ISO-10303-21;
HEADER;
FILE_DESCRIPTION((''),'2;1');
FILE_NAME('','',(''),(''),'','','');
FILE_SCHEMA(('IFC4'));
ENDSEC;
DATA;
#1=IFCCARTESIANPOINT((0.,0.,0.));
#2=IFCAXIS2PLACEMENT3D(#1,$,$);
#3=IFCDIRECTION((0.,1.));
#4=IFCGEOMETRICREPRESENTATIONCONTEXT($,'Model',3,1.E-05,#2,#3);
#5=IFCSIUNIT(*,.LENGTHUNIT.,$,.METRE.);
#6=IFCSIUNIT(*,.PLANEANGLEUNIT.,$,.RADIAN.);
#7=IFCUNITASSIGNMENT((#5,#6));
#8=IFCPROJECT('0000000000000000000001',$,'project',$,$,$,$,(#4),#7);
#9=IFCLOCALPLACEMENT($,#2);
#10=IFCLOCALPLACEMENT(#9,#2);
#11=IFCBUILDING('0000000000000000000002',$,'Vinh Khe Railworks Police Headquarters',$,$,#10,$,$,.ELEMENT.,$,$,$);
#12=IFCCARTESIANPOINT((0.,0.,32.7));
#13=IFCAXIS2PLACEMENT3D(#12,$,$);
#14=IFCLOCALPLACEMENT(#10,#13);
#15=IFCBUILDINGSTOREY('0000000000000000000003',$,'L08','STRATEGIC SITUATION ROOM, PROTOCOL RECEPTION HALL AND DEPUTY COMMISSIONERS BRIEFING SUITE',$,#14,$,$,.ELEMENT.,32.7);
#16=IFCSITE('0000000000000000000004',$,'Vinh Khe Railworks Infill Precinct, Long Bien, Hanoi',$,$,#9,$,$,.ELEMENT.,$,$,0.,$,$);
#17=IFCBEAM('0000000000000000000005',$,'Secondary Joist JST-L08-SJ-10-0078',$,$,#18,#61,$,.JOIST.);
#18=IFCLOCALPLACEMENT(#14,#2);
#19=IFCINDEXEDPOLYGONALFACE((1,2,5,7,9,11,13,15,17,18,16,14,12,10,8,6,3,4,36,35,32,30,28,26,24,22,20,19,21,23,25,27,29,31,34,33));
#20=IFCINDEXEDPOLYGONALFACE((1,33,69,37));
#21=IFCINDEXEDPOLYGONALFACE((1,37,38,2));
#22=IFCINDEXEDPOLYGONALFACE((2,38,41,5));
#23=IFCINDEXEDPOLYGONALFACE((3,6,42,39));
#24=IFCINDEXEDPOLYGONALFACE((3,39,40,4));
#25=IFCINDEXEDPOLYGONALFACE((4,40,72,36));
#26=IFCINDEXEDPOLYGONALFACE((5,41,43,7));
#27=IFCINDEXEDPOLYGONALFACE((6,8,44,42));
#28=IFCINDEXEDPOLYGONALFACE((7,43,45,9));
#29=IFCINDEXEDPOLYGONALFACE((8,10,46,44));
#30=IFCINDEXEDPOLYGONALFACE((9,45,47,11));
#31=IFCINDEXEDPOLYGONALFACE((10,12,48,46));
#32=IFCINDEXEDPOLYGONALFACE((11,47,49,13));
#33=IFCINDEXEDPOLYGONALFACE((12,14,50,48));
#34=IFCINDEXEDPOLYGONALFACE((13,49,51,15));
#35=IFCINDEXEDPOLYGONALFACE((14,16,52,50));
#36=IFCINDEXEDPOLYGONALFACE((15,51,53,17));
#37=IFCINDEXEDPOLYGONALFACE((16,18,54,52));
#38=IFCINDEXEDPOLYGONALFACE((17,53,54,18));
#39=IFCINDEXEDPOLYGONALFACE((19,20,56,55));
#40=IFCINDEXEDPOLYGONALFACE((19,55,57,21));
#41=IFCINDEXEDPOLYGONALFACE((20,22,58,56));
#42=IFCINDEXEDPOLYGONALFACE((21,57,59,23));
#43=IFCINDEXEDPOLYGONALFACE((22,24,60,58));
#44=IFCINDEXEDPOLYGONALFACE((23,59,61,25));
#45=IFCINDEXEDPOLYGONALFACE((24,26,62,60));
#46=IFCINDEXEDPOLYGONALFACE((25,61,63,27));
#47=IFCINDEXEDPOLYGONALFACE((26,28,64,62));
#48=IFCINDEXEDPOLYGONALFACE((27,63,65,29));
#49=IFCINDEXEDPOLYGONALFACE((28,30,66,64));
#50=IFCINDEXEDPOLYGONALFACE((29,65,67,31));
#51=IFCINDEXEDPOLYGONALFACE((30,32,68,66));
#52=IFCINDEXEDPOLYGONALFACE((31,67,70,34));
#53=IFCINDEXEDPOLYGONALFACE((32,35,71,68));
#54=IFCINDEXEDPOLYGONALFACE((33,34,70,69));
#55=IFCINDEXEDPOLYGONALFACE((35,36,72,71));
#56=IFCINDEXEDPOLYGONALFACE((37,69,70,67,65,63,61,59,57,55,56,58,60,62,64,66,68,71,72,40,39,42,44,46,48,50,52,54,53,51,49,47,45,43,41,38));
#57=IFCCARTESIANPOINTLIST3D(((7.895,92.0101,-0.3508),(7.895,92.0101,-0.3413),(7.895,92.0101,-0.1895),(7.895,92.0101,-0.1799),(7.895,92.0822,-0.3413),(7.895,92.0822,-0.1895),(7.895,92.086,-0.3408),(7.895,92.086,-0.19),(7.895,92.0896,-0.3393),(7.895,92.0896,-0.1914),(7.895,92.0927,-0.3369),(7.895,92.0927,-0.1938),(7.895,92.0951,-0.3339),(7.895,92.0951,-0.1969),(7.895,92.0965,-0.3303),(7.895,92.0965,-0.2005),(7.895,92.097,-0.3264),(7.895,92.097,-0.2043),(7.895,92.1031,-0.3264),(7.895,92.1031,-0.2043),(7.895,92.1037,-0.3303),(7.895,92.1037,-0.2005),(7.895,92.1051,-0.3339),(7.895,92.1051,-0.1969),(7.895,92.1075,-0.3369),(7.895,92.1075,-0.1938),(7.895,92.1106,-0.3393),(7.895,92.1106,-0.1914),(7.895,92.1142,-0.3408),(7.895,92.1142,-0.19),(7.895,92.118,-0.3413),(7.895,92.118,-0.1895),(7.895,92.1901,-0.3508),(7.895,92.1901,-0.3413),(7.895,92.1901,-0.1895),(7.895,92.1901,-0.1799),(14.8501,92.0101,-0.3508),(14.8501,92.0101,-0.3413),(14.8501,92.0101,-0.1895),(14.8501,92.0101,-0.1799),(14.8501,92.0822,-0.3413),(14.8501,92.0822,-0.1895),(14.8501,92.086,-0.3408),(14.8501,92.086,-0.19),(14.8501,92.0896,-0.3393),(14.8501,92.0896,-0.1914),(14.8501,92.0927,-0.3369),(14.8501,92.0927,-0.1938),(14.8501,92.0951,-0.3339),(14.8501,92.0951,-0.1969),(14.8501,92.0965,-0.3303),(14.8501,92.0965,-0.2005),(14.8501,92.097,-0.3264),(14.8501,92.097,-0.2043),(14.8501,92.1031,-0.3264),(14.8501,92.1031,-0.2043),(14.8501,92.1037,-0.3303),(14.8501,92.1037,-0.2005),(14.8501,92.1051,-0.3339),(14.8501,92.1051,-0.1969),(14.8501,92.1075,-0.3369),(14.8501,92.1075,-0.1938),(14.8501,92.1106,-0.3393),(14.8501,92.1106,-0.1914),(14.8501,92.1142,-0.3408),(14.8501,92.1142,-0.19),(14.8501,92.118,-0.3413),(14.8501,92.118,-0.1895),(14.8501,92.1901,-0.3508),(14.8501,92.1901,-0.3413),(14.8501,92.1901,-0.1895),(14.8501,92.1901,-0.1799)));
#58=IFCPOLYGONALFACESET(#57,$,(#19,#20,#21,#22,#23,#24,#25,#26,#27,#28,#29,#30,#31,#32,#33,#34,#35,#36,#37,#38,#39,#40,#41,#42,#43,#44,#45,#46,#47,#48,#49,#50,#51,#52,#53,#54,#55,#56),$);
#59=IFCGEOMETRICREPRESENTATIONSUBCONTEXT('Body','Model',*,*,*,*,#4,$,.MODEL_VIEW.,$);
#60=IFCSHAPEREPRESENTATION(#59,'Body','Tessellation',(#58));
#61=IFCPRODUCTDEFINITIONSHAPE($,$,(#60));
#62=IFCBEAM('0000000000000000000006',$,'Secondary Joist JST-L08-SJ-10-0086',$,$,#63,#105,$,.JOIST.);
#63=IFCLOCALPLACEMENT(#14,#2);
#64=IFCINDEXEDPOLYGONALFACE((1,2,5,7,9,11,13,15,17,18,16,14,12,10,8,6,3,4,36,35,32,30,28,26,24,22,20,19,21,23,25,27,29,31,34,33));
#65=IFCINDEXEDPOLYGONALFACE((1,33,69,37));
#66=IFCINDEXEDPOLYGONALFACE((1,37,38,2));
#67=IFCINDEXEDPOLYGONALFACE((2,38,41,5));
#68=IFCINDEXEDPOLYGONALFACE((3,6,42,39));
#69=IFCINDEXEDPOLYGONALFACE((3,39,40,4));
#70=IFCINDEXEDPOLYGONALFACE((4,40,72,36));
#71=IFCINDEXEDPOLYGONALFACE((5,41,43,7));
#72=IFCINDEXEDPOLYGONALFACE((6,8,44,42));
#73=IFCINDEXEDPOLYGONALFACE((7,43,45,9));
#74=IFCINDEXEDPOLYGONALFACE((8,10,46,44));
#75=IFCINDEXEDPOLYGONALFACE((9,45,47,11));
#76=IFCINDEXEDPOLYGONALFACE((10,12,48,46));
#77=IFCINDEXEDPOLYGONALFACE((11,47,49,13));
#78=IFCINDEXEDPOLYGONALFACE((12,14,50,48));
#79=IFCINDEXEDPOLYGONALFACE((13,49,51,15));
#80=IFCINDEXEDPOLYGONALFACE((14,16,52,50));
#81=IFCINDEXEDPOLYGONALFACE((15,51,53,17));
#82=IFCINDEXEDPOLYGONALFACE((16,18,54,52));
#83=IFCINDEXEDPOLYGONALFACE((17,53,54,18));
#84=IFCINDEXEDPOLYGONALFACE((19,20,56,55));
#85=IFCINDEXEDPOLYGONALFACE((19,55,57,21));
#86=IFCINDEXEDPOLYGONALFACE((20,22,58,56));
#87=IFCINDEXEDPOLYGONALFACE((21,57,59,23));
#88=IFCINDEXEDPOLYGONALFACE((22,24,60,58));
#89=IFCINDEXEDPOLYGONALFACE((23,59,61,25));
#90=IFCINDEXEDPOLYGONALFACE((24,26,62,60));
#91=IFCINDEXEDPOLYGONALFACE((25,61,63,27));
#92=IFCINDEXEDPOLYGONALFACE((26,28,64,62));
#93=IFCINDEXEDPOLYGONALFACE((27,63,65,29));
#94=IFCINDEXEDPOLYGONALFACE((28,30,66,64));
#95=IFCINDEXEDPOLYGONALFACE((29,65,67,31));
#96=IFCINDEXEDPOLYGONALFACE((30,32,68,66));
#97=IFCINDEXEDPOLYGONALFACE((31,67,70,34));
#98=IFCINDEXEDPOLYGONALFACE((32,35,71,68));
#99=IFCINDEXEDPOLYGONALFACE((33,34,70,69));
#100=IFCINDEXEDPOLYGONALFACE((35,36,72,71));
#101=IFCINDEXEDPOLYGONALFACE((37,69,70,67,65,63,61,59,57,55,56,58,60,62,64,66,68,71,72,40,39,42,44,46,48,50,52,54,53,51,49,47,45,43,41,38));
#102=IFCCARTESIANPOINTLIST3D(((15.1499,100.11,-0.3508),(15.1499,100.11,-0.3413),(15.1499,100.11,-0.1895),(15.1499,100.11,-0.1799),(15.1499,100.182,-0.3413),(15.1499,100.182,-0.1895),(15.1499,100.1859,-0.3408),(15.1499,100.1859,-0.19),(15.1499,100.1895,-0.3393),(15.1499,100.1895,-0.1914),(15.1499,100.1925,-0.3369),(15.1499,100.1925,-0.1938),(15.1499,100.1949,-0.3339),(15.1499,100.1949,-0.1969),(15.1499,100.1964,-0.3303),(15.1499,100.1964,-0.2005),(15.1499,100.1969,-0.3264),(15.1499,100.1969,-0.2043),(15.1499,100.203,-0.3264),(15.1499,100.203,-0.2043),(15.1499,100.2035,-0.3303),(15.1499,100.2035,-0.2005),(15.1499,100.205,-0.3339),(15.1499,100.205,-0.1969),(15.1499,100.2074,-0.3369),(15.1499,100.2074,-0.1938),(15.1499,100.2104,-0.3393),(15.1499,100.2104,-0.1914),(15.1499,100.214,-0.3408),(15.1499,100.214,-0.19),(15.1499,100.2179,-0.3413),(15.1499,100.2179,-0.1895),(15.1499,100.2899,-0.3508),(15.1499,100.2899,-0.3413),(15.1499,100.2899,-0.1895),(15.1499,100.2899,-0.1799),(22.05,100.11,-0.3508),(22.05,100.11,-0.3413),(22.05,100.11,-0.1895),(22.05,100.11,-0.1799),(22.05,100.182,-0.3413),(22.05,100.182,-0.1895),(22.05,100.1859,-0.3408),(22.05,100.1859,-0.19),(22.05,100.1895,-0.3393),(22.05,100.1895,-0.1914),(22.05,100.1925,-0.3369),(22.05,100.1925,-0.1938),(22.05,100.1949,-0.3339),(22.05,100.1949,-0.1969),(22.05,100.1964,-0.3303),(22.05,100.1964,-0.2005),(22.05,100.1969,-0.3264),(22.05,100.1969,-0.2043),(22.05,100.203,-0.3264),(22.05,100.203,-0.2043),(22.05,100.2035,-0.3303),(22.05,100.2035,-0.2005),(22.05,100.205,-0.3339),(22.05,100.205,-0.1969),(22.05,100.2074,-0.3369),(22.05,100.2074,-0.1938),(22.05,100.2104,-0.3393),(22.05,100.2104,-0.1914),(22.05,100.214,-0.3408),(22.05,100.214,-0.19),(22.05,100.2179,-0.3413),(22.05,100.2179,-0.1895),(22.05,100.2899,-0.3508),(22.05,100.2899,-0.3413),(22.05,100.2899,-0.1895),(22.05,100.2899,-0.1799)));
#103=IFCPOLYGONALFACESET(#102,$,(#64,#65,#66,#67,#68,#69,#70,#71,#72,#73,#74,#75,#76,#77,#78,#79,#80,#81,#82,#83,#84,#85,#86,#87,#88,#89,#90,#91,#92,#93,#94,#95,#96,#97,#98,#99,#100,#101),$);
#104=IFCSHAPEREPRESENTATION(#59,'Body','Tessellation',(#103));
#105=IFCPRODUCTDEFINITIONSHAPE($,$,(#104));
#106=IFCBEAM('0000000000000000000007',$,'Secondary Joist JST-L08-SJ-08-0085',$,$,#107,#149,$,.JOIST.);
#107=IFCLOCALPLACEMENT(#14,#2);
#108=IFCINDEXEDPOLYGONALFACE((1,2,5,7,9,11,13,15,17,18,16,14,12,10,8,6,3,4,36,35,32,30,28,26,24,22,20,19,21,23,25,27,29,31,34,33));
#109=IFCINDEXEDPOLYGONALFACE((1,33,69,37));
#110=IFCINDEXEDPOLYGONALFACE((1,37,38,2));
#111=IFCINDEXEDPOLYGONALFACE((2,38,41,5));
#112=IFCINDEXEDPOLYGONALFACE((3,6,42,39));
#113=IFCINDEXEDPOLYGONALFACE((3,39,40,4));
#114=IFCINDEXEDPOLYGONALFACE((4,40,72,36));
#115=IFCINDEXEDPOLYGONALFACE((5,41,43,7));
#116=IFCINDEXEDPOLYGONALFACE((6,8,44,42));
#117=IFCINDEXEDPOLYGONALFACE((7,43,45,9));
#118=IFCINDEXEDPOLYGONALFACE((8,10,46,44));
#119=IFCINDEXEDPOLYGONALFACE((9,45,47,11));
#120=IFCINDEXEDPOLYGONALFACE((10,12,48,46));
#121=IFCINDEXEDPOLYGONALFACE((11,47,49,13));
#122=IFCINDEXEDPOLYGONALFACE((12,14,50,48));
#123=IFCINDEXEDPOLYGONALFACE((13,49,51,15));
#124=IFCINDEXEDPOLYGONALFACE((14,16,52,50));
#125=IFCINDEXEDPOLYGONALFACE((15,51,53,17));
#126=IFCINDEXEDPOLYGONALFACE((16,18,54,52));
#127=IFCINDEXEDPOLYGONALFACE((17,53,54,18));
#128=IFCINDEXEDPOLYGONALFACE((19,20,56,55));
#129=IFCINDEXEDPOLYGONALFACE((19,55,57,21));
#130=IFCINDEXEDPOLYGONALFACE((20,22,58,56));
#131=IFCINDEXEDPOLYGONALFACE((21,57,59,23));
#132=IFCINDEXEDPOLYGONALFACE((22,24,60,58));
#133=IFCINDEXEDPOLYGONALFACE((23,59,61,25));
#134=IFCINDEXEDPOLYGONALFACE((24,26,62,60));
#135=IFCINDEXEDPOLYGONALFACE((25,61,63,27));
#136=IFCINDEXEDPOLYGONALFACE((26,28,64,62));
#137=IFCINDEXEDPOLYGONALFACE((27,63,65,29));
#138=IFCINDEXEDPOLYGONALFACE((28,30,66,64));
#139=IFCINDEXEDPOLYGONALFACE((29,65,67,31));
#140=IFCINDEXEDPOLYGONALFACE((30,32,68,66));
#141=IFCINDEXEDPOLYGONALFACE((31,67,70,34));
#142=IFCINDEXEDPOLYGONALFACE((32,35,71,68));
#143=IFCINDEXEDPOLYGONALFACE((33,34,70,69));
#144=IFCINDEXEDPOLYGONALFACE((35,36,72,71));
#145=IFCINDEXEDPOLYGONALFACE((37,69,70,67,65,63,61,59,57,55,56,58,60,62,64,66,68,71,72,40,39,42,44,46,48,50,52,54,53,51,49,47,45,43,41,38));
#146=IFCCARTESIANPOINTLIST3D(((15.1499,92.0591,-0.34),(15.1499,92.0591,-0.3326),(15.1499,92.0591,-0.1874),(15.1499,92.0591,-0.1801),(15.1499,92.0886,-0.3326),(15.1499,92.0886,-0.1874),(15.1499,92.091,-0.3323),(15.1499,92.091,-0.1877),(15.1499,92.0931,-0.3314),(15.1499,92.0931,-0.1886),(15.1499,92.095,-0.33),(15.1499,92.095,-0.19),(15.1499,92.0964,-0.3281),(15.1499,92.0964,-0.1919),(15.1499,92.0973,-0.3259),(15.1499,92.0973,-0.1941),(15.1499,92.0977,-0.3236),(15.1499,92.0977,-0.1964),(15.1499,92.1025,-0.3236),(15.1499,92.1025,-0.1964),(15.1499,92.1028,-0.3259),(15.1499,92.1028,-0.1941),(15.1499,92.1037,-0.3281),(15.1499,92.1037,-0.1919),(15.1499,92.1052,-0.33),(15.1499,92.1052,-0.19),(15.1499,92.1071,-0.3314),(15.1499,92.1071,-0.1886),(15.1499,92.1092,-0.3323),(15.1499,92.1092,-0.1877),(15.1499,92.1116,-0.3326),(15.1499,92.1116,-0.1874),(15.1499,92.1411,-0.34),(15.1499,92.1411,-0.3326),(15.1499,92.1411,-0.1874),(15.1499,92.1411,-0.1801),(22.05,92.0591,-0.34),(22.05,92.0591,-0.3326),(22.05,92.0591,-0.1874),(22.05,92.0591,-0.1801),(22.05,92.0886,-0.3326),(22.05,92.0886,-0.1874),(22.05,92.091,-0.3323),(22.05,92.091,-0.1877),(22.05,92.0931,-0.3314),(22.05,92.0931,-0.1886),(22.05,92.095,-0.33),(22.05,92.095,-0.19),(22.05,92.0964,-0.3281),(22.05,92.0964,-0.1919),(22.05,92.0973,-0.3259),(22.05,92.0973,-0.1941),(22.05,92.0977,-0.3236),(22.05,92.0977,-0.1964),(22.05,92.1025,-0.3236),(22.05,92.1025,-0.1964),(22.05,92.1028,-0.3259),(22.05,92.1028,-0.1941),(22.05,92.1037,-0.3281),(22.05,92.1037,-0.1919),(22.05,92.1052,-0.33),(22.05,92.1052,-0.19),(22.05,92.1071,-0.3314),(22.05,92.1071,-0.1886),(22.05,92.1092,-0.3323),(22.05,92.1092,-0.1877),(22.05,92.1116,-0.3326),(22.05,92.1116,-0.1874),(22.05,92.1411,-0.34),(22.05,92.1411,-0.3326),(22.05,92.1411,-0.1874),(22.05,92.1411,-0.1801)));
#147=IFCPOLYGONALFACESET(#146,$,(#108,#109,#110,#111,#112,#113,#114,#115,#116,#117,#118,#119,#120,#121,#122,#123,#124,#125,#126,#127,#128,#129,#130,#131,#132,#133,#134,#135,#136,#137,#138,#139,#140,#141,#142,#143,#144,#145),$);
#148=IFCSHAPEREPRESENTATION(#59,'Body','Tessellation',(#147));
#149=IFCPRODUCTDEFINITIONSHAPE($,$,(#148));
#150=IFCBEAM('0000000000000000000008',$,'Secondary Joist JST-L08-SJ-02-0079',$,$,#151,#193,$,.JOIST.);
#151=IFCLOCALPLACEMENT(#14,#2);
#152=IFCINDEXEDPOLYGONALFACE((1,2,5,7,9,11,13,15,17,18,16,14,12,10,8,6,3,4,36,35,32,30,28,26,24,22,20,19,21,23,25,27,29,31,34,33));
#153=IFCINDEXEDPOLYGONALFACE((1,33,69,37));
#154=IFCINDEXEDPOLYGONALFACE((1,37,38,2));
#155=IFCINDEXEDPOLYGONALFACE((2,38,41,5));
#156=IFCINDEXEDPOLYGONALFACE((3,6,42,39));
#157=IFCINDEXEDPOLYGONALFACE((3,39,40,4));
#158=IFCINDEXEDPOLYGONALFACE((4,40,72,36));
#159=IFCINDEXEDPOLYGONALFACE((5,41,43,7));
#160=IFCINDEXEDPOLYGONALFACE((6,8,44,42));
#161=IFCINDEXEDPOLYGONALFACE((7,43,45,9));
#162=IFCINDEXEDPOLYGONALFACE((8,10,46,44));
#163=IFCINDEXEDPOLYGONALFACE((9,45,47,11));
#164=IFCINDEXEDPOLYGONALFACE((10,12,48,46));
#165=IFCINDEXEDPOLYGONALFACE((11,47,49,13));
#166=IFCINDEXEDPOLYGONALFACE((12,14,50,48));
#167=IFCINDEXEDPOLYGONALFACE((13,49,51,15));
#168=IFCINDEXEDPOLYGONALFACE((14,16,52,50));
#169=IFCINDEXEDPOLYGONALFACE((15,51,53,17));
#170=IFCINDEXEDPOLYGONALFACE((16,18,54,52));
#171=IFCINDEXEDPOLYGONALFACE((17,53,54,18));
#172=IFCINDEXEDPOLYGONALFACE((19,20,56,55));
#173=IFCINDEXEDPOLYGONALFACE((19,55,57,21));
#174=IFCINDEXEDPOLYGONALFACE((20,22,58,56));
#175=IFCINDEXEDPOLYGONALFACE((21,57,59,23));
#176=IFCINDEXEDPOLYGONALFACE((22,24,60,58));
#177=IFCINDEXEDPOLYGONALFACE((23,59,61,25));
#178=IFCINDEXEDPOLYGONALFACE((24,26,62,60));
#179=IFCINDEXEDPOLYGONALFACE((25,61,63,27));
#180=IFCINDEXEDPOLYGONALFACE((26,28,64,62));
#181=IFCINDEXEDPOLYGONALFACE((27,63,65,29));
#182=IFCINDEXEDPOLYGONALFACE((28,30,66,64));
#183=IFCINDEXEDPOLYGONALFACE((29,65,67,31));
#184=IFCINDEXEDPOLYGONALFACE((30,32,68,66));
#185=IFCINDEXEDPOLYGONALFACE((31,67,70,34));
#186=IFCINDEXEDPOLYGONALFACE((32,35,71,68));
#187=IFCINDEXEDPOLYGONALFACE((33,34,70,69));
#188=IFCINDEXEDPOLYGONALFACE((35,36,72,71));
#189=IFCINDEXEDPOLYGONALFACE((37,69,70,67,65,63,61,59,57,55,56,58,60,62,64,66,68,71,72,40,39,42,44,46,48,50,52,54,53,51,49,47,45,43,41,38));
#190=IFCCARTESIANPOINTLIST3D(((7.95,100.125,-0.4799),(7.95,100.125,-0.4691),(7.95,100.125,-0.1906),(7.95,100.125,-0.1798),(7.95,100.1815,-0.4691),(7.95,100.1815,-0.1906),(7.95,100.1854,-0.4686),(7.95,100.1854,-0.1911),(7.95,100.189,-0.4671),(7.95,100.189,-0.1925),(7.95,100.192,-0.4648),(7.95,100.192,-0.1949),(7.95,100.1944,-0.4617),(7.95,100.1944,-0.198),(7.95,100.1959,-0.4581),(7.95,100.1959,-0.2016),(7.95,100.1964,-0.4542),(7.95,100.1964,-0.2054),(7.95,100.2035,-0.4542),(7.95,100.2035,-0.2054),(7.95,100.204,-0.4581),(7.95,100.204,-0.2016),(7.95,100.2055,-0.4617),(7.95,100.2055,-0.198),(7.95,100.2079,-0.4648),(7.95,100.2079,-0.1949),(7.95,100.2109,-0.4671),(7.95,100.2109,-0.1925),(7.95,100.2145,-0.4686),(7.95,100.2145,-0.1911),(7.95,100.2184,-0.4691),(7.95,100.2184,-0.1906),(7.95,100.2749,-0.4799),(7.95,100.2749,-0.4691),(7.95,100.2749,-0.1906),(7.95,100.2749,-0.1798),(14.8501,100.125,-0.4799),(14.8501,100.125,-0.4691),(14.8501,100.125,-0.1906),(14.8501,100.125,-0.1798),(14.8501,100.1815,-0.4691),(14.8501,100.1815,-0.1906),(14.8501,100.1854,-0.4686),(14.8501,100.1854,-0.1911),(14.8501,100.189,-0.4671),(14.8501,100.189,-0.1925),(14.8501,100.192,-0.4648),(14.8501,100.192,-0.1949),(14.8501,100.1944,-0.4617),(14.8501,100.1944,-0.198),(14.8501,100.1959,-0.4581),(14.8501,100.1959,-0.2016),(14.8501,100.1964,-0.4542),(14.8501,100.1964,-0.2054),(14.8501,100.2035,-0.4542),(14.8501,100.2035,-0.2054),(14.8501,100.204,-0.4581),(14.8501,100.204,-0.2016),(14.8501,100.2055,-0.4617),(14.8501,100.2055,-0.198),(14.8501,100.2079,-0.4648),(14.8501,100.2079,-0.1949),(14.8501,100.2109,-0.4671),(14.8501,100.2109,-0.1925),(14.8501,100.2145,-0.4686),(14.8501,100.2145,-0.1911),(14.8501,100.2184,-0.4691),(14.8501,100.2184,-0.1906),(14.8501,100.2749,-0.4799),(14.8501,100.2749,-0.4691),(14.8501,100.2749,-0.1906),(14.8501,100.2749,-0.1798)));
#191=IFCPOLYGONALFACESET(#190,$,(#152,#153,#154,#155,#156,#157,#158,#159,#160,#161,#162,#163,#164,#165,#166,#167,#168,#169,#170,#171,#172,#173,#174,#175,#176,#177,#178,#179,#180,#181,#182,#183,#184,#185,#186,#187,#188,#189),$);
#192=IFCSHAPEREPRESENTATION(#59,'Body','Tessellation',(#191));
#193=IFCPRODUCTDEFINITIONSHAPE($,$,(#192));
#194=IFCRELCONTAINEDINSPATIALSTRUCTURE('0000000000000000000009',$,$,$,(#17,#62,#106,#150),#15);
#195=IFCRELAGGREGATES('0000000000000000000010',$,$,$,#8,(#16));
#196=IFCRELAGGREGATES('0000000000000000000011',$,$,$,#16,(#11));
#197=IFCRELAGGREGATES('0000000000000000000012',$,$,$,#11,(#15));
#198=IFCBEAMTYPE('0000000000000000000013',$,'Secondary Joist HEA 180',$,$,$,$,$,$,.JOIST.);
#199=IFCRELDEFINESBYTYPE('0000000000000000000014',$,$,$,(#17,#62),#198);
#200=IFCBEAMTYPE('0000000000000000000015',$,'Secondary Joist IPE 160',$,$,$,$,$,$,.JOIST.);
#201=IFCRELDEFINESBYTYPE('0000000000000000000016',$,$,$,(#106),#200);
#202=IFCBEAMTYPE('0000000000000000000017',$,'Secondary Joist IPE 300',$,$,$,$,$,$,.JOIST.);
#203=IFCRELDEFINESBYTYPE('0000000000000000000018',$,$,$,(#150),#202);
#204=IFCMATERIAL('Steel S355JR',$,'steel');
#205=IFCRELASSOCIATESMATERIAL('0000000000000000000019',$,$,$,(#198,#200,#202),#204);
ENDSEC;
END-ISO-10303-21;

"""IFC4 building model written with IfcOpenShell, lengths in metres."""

from ifc_helpers import new_model, si_unit, direction, frame, origin, origin_2d, place, context, subcontext, project, spatial, i_section, extrude, material, material_profile, profile_set, type_object, element, save


model = new_model("IFC4")

# Units and contexts
model_context = context("Model", 3, precision=1e-05, world=origin(), true_north=direction((0.0, 1.0)))
body_context = subcontext(model_context, "Body", "Model", "MODEL_VIEW")
ifc_project = project(units=[si_unit("LENGTHUNIT", "METRE"), si_unit("PLANEANGLEUNIT", "RADIAN")], contexts=[model_context])

# Site, building, storey
site_placement = place(None, origin())
site = spatial("IfcSite", under=ifc_project, at=site_placement, Name="Vinh Khe Railworks Infill Precinct, Long Bien, Hanoi", CompositionType="ELEMENT", RefElevation=0.0)
building_placement = place(site_placement, origin())
building = spatial("IfcBuilding", under=site, at=building_placement, Name="Vinh Khe Railworks Police Headquarters", CompositionType="ELEMENT")
storey_placement = place(building_placement, frame((0.0, 0.0, 32.7)))
storey = spatial("IfcBuildingStorey", under=building, at=storey_placement, Name="L08", Description="STRATEGIC SITUATION ROOM, PROTOCOL RECEPTION HALL AND DEPUTY COMMISSIONERS BRIEFING SUITE", CompositionType="ELEMENT", Elevation=32.7)

# Shared definitions
ifc_material_1 = material(Name="Steel S355JR", Category="steel")

# Beams
ifc_material_profile_1 = material_profile(ifc_material_1, i_section(OverallWidth=0.1799, OverallDepth=0.1709, WebThickness=0.0061, FlangeThickness=0.0095, FilletRadius=0.0149, at=origin_2d()), Name="HEA 180")
ifc_profile_set_1 = profile_set([ifc_material_profile_1], Name="Steel S355JR")
beam_type_1 = type_object("IfcBeamType", Name="Secondary Joist HEA 180", PredefinedType="JOIST", material=ifc_profile_set_1)
beam_1_placement = place(storey_placement, frame((7.895, 92.1001, -0.2654), z_axis=(1.0, 0.0, 0.0), x_axis=(0.0, 1.0, 0.0)))
element("IfcBeam", 1, at=beam_1_placement, inside=storey, type_object=beam_type_1, Name="Secondary Joist JST-L08-SJ-10-0078", PredefinedType="JOIST", context=body_context, shape_type="SweptSolid", body=[
    extrude(i_section(OverallWidth=0.1799, OverallDepth=0.1709, WebThickness=0.0061, FlangeThickness=0.0095, FilletRadius=0.0149, at=origin_2d()), origin(), (0.0, 0.0, 1.0), 6.9551),
])
beam_2_placement = place(storey_placement, frame((15.1499, 100.2, -0.2654), z_axis=(1.0, 0.0, 0.0), x_axis=(0.0, 1.0, 0.0)))
element("IfcBeam", 2, at=beam_2_placement, inside=storey, type_object=beam_type_1, Name="Secondary Joist JST-L08-SJ-10-0086", PredefinedType="JOIST", context=body_context, shape_type="SweptSolid", body=[
    extrude(i_section(OverallWidth=0.1799, OverallDepth=0.1709, WebThickness=0.0061, FlangeThickness=0.0095, FilletRadius=0.0149, at=origin_2d()), origin(), (0.0, 0.0, 1.0), 6.9001),
])
ifc_material_profile_2 = material_profile(ifc_material_1, i_section(OverallWidth=0.082, OverallDepth=0.1599, WebThickness=0.0049, FlangeThickness=0.0073, FilletRadius=0.009, at=origin_2d()), Name="IPE 160")
ifc_profile_set_2 = profile_set([ifc_material_profile_2], Name="Steel S355JR")
beam_type_2 = type_object("IfcBeamType", Name="Secondary Joist IPE 160", PredefinedType="JOIST", material=ifc_profile_set_2)
beam_3_placement = place(storey_placement, frame((15.1499, 92.1001, -0.26), z_axis=(1.0, 0.0, 0.0), x_axis=(0.0, 1.0, 0.0)))
element("IfcBeam", 3, at=beam_3_placement, inside=storey, type_object=beam_type_2, Name="Secondary Joist JST-L08-SJ-08-0085", PredefinedType="JOIST", context=body_context, shape_type="SweptSolid", body=[
    extrude(i_section(OverallWidth=0.082, OverallDepth=0.1599, WebThickness=0.0049, FlangeThickness=0.0073, FilletRadius=0.009, at=origin_2d()), origin(), (0.0, 0.0, 1.0), 6.9001),
])
ifc_material_profile_3 = material_profile(ifc_material_1, i_section(OverallWidth=0.1499, OverallDepth=0.3, WebThickness=0.0071, FlangeThickness=0.0107, FilletRadius=0.0149, at=origin_2d()), Name="IPE 300")
ifc_profile_set_3 = profile_set([ifc_material_profile_3], Name="Steel S355JR")
beam_type_3 = type_object("IfcBeamType", Name="Secondary Joist IPE 300", PredefinedType="JOIST", material=ifc_profile_set_3)
beam_4_placement = place(storey_placement, frame((7.95, 100.2, -0.3298), z_axis=(1.0, 0.0, 0.0), x_axis=(0.0, 1.0, 0.0)))
element("IfcBeam", 4, at=beam_4_placement, inside=storey, type_object=beam_type_3, Name="Secondary Joist JST-L08-SJ-02-0079", PredefinedType="JOIST", context=body_context, shape_type="SweptSolid", body=[
    extrude(i_section(OverallWidth=0.1499, OverallDepth=0.3, WebThickness=0.0071, FlangeThickness=0.0107, FilletRadius=0.0149, at=origin_2d()), origin(), (0.0, 0.0, 1.0), 6.9001),
])

save(model, "model.ifc")
